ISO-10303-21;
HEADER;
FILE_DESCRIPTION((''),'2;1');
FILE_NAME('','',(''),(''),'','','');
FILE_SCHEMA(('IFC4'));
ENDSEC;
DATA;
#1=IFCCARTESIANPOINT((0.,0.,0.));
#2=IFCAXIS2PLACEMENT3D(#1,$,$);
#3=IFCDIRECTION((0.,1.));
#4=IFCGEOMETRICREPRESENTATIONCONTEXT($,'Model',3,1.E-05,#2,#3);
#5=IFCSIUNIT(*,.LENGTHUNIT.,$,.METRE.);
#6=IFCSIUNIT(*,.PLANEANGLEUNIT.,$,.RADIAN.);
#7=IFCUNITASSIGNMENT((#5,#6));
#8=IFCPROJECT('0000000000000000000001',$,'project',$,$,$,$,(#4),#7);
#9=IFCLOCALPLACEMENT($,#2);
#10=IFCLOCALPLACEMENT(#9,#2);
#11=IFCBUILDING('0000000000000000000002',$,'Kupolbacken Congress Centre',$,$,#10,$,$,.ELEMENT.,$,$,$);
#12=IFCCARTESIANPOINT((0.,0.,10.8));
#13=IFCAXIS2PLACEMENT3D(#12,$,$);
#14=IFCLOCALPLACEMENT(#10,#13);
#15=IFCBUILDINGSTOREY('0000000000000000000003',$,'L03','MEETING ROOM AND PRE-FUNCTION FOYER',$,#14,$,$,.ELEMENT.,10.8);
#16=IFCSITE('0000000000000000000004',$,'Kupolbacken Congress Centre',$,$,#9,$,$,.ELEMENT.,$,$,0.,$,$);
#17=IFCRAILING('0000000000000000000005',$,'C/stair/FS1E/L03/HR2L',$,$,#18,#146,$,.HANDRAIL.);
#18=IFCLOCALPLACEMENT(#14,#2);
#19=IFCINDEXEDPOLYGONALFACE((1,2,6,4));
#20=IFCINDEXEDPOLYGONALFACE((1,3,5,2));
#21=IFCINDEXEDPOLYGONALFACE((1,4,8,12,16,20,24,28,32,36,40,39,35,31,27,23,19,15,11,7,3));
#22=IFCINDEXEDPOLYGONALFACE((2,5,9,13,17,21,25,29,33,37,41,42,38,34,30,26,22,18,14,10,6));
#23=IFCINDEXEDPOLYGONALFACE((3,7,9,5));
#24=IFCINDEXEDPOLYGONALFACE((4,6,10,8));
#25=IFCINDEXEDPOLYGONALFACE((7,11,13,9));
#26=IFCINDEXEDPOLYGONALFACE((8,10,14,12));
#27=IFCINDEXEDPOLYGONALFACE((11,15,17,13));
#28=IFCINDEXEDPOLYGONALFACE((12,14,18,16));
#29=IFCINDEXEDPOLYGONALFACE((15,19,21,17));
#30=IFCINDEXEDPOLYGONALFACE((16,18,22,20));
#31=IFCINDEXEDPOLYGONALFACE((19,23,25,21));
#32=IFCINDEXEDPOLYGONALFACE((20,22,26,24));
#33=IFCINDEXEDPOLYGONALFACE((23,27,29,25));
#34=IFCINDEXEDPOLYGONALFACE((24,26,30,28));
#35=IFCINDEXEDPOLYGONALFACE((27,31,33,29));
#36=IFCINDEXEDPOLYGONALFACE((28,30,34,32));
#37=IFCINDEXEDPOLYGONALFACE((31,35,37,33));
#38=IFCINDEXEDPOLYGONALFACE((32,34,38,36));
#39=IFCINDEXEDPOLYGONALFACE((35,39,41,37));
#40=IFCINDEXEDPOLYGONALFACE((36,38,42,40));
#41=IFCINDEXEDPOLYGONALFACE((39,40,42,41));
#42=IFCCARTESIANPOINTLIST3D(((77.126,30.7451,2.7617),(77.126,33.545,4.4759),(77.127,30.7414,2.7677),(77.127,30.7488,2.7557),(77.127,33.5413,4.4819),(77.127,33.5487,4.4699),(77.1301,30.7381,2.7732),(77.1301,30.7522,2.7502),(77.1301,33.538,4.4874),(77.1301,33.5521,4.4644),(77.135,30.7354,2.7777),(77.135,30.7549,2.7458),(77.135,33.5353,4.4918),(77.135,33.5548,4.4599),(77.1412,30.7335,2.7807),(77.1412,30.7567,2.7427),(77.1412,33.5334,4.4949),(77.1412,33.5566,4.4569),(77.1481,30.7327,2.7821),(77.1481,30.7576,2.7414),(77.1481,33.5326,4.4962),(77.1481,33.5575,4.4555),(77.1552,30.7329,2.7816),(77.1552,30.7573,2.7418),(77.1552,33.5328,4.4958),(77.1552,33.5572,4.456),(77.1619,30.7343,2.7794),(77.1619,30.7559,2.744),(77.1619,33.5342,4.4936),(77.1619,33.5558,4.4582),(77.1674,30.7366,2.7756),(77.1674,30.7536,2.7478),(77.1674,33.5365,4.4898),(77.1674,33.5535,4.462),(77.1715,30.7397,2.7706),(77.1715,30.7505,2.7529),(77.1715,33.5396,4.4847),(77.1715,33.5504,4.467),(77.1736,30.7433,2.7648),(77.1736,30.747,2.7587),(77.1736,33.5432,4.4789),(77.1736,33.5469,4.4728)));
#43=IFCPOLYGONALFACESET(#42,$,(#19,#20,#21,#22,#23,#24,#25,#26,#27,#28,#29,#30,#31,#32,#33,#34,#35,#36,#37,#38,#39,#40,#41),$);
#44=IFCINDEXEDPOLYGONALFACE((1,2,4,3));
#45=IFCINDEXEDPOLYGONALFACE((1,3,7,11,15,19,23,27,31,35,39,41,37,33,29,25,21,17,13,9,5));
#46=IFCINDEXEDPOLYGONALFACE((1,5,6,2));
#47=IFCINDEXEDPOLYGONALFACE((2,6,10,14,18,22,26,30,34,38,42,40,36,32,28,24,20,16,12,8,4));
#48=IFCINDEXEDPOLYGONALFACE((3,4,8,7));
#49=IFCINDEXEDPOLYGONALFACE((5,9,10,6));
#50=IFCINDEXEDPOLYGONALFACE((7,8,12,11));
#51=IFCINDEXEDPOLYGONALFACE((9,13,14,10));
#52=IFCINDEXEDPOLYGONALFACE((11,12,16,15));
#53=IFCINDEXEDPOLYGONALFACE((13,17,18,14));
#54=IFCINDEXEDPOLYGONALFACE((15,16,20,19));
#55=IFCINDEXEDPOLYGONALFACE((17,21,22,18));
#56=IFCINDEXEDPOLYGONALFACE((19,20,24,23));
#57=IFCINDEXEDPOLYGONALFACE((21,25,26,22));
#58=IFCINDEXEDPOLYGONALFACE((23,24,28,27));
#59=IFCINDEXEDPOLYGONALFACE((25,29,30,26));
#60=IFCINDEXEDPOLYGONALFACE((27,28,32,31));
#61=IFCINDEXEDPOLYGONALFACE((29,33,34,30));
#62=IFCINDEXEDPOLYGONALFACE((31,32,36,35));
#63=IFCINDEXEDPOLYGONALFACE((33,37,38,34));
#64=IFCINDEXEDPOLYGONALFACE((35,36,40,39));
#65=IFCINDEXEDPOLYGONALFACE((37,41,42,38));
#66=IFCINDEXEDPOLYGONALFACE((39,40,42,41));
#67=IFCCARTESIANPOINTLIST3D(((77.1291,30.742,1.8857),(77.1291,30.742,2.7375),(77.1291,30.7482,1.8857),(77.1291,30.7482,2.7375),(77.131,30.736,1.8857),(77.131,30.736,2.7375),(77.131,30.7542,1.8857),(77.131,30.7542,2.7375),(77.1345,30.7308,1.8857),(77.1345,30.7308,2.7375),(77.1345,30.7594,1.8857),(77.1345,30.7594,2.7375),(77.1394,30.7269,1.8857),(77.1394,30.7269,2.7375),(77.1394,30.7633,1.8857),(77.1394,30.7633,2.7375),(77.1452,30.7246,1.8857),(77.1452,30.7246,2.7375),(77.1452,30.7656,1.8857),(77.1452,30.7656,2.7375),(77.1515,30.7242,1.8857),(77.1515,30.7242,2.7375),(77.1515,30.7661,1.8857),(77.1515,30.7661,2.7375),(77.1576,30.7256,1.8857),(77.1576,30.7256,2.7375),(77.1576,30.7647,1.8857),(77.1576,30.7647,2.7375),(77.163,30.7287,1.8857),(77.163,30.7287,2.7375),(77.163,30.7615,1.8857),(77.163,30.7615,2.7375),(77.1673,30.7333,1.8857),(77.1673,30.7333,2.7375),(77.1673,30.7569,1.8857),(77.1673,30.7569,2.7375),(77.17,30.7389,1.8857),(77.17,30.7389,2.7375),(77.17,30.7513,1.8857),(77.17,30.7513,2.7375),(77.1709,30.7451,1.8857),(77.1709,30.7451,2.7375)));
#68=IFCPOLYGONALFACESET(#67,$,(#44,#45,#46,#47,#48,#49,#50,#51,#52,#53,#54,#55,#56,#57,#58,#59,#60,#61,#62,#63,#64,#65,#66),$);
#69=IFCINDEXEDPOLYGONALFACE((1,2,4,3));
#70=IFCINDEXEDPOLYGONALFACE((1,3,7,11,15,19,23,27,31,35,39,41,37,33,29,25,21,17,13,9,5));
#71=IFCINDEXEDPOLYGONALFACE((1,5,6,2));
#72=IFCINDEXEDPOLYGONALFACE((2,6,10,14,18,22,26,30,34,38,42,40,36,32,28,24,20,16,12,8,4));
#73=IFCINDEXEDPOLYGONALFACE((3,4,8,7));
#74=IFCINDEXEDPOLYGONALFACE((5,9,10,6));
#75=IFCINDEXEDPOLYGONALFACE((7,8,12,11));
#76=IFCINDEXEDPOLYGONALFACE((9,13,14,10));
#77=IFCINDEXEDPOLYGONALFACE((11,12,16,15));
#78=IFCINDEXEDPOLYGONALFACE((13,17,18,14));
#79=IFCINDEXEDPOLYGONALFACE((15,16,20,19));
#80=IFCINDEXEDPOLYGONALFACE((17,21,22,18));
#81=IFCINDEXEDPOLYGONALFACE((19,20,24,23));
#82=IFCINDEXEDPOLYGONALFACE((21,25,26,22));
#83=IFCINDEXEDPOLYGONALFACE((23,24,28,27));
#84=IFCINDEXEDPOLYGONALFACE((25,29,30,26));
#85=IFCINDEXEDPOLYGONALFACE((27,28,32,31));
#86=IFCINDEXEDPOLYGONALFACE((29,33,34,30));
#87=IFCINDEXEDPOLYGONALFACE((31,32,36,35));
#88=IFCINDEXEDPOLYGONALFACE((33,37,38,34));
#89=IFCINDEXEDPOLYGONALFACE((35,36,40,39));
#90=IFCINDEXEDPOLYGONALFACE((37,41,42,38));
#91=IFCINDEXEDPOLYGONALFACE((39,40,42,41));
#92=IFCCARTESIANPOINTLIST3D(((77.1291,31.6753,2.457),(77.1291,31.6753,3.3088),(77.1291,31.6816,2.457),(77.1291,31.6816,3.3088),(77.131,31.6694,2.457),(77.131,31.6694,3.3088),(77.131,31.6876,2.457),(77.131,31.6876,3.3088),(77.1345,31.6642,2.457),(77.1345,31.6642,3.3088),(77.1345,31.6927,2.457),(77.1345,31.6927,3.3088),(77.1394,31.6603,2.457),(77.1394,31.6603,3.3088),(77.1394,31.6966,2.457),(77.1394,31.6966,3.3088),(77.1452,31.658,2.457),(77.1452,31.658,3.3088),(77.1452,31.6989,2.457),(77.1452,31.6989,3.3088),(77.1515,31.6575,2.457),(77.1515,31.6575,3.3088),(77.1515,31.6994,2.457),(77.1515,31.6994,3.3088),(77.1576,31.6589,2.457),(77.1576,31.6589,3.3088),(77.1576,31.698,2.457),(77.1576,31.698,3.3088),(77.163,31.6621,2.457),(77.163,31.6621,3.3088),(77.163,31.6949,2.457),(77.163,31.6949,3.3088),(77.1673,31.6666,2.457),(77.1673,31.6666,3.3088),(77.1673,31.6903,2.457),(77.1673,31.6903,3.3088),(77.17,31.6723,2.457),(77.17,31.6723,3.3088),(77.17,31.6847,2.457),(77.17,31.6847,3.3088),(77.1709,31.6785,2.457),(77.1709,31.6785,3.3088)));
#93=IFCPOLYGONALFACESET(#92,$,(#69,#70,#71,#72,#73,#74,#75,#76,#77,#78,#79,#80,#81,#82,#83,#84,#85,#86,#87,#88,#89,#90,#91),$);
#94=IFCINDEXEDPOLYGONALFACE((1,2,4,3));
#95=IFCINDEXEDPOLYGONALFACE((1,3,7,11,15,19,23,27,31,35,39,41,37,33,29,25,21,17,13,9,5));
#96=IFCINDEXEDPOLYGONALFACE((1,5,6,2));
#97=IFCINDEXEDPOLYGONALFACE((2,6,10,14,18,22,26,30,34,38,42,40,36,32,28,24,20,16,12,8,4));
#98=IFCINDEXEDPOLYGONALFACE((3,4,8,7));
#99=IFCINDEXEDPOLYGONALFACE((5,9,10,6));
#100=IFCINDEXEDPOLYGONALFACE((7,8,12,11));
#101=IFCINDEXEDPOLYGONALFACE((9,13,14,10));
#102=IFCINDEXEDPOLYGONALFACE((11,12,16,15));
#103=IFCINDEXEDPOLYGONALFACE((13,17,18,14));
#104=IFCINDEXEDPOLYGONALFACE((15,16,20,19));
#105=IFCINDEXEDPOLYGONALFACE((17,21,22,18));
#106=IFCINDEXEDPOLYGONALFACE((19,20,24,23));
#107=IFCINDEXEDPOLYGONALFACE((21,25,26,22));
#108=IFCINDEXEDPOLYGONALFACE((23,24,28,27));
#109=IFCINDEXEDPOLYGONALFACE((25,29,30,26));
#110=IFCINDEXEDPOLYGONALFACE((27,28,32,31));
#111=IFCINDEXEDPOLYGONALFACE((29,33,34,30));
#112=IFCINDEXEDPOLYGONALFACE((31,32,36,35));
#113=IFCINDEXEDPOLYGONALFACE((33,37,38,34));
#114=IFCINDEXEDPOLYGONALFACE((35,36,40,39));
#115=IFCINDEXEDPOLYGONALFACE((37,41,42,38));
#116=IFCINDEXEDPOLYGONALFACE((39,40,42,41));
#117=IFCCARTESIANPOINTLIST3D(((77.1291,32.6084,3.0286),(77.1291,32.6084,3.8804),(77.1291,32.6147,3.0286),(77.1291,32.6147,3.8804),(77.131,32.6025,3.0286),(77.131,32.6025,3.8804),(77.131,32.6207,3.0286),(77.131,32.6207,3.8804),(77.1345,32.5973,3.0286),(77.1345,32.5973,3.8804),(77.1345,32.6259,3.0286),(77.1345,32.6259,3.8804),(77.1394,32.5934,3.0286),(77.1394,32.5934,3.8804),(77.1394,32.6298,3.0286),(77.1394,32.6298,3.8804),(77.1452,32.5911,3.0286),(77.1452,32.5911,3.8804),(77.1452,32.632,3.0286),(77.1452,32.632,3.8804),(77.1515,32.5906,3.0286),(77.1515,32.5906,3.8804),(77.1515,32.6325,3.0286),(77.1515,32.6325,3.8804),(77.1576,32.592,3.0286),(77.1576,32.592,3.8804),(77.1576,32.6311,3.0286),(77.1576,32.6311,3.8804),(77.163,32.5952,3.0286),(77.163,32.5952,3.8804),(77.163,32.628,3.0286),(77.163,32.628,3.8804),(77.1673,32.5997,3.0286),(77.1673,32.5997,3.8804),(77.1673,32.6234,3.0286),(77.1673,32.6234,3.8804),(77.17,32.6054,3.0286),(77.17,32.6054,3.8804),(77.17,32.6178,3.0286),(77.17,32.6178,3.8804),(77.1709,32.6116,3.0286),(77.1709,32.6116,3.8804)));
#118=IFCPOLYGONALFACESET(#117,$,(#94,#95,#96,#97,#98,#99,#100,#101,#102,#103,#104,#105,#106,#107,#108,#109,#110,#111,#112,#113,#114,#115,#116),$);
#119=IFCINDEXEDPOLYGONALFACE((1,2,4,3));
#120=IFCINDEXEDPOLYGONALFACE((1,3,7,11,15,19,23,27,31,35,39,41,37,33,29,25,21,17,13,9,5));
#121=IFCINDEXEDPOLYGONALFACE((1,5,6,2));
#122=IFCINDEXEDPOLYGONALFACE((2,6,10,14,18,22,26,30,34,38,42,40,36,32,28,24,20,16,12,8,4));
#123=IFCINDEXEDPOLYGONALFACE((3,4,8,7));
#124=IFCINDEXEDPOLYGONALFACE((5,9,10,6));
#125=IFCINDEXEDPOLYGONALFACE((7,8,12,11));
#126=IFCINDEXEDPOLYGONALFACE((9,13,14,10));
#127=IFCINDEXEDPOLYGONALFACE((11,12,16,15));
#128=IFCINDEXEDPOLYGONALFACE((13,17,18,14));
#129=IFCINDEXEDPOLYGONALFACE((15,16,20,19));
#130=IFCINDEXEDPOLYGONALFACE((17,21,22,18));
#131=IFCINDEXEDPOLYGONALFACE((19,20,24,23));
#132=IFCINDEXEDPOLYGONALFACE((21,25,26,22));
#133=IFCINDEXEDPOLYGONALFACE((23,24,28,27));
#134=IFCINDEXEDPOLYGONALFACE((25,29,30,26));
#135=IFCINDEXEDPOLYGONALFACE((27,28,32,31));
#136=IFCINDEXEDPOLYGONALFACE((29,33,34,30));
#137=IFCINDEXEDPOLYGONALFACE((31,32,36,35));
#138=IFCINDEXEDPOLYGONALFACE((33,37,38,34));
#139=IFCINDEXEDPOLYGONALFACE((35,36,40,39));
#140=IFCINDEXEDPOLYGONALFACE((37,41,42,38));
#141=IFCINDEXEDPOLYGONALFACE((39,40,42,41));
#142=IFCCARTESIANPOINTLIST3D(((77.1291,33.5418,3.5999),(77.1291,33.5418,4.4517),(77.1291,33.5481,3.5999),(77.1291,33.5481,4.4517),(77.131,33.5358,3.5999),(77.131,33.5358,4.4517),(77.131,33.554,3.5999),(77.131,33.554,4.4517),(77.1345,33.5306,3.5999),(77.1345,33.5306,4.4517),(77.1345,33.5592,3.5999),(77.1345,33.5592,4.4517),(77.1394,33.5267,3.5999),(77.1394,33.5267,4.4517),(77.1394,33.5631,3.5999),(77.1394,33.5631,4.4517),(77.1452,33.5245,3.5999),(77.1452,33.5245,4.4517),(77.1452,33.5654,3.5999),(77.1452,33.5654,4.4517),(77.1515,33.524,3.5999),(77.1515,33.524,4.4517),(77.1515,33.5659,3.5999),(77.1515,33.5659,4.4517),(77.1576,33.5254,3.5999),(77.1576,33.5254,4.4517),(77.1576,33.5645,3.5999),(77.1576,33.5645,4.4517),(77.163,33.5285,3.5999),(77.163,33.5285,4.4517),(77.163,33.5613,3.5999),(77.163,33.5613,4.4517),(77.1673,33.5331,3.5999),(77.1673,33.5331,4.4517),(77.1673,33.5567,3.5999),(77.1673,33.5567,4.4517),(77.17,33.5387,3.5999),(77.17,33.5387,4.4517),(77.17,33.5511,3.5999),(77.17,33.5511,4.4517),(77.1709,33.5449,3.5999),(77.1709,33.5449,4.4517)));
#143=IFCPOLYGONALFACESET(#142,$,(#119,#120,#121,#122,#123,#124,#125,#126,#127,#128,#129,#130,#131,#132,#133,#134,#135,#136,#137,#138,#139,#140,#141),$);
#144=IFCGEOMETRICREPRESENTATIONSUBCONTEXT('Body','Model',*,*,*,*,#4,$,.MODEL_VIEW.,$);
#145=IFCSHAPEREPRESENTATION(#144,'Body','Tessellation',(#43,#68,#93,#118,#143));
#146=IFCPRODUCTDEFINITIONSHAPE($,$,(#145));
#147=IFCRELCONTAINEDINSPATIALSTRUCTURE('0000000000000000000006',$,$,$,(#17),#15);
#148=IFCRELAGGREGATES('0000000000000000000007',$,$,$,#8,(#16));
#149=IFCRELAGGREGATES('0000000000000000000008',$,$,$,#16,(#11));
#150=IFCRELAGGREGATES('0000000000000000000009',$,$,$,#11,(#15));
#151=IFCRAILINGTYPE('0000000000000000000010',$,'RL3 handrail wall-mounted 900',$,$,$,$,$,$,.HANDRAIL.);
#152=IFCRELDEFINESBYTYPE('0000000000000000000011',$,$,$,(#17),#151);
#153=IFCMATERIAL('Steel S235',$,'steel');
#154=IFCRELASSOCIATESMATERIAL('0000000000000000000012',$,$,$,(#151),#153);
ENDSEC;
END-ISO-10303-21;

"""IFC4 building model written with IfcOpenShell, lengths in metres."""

from ifc_helpers import new_model, si_unit, direction, frame, origin, origin_2d, place, context, subcontext, project, spatial, circle, extrude, material, type_object, element, save


model = new_model("IFC4")

# Units and contexts
model_context = context("Model", 3, precision=1e-05, world=origin(), true_north=direction((0.0, 1.0)))
body_context = subcontext(model_context, "Body", "Model", "MODEL_VIEW")
ifc_project = project(units=[si_unit("LENGTHUNIT", "METRE"), si_unit("PLANEANGLEUNIT", "RADIAN")], contexts=[model_context])

# Site, building, storey
site_placement = place(None, origin())
site = spatial("IfcSite", under=ifc_project, at=site_placement, Name="Kupolbacken Congress Centre", CompositionType="ELEMENT", RefElevation=0.0)
building_placement = place(site_placement, origin())
building = spatial("IfcBuilding", under=site, at=building_placement, Name="Kupolbacken Congress Centre", CompositionType="ELEMENT")
storey_placement = place(building_placement, frame((0.0, 0.0, 10.8)))
storey = spatial("IfcBuildingStorey", under=building, at=storey_placement, Name="L03", Description="MEETING ROOM AND PRE-FUNCTION FOYER", CompositionType="ELEMENT", Elevation=10.8)

# Railing
ifc_material_1 = material(Name="Steel S235", Category="steel")
railing_type = type_object("IfcRailingType", Name="RL3 handrail wall-mounted 900", PredefinedType="HANDRAIL", material=ifc_material_1)
for number, where, name in (
    (1, (77.1499, 30.7451, 1.8857), "C/stair/FS1E/L03/HR2L"),
):
    element("IfcRailing", number, at=place(storey_placement, frame(where)), inside=storey, type_object=railing_type, Name=name, PredefinedType="HANDRAIL", context=body_context, shape_type="SweptSolid", body=[
        extrude(circle(Radius=0.0239, at=origin_2d()), frame((0.0, 0.0, 0.876), z_axis=(0.0, 0.852859, 0.522142), x_axis=(-1.0, 0.0, 0.0)), (0.0, 0.0, 1.0), 3.283),
        extrude(circle(Radius=0.021, at=origin_2d()), origin(), (0.0, 0.0, 1.0), 0.8518),
        extrude(circle(Radius=0.021, at=origin_2d()), frame((0.0, 0.9333, 0.5713)), (0.0, 0.0, 1.0), 0.8518),
        extrude(circle(Radius=0.021, at=origin_2d()), frame((0.0, 1.8665, 1.1428)), (0.0, 0.0, 1.0), 0.8518),
        extrude(circle(Radius=0.021, at=origin_2d()), frame((0.0, 2.7998, 1.7141)), (0.0, 0.0, 1.0), 0.8518),
    ])

save(model, "model.ifc")
